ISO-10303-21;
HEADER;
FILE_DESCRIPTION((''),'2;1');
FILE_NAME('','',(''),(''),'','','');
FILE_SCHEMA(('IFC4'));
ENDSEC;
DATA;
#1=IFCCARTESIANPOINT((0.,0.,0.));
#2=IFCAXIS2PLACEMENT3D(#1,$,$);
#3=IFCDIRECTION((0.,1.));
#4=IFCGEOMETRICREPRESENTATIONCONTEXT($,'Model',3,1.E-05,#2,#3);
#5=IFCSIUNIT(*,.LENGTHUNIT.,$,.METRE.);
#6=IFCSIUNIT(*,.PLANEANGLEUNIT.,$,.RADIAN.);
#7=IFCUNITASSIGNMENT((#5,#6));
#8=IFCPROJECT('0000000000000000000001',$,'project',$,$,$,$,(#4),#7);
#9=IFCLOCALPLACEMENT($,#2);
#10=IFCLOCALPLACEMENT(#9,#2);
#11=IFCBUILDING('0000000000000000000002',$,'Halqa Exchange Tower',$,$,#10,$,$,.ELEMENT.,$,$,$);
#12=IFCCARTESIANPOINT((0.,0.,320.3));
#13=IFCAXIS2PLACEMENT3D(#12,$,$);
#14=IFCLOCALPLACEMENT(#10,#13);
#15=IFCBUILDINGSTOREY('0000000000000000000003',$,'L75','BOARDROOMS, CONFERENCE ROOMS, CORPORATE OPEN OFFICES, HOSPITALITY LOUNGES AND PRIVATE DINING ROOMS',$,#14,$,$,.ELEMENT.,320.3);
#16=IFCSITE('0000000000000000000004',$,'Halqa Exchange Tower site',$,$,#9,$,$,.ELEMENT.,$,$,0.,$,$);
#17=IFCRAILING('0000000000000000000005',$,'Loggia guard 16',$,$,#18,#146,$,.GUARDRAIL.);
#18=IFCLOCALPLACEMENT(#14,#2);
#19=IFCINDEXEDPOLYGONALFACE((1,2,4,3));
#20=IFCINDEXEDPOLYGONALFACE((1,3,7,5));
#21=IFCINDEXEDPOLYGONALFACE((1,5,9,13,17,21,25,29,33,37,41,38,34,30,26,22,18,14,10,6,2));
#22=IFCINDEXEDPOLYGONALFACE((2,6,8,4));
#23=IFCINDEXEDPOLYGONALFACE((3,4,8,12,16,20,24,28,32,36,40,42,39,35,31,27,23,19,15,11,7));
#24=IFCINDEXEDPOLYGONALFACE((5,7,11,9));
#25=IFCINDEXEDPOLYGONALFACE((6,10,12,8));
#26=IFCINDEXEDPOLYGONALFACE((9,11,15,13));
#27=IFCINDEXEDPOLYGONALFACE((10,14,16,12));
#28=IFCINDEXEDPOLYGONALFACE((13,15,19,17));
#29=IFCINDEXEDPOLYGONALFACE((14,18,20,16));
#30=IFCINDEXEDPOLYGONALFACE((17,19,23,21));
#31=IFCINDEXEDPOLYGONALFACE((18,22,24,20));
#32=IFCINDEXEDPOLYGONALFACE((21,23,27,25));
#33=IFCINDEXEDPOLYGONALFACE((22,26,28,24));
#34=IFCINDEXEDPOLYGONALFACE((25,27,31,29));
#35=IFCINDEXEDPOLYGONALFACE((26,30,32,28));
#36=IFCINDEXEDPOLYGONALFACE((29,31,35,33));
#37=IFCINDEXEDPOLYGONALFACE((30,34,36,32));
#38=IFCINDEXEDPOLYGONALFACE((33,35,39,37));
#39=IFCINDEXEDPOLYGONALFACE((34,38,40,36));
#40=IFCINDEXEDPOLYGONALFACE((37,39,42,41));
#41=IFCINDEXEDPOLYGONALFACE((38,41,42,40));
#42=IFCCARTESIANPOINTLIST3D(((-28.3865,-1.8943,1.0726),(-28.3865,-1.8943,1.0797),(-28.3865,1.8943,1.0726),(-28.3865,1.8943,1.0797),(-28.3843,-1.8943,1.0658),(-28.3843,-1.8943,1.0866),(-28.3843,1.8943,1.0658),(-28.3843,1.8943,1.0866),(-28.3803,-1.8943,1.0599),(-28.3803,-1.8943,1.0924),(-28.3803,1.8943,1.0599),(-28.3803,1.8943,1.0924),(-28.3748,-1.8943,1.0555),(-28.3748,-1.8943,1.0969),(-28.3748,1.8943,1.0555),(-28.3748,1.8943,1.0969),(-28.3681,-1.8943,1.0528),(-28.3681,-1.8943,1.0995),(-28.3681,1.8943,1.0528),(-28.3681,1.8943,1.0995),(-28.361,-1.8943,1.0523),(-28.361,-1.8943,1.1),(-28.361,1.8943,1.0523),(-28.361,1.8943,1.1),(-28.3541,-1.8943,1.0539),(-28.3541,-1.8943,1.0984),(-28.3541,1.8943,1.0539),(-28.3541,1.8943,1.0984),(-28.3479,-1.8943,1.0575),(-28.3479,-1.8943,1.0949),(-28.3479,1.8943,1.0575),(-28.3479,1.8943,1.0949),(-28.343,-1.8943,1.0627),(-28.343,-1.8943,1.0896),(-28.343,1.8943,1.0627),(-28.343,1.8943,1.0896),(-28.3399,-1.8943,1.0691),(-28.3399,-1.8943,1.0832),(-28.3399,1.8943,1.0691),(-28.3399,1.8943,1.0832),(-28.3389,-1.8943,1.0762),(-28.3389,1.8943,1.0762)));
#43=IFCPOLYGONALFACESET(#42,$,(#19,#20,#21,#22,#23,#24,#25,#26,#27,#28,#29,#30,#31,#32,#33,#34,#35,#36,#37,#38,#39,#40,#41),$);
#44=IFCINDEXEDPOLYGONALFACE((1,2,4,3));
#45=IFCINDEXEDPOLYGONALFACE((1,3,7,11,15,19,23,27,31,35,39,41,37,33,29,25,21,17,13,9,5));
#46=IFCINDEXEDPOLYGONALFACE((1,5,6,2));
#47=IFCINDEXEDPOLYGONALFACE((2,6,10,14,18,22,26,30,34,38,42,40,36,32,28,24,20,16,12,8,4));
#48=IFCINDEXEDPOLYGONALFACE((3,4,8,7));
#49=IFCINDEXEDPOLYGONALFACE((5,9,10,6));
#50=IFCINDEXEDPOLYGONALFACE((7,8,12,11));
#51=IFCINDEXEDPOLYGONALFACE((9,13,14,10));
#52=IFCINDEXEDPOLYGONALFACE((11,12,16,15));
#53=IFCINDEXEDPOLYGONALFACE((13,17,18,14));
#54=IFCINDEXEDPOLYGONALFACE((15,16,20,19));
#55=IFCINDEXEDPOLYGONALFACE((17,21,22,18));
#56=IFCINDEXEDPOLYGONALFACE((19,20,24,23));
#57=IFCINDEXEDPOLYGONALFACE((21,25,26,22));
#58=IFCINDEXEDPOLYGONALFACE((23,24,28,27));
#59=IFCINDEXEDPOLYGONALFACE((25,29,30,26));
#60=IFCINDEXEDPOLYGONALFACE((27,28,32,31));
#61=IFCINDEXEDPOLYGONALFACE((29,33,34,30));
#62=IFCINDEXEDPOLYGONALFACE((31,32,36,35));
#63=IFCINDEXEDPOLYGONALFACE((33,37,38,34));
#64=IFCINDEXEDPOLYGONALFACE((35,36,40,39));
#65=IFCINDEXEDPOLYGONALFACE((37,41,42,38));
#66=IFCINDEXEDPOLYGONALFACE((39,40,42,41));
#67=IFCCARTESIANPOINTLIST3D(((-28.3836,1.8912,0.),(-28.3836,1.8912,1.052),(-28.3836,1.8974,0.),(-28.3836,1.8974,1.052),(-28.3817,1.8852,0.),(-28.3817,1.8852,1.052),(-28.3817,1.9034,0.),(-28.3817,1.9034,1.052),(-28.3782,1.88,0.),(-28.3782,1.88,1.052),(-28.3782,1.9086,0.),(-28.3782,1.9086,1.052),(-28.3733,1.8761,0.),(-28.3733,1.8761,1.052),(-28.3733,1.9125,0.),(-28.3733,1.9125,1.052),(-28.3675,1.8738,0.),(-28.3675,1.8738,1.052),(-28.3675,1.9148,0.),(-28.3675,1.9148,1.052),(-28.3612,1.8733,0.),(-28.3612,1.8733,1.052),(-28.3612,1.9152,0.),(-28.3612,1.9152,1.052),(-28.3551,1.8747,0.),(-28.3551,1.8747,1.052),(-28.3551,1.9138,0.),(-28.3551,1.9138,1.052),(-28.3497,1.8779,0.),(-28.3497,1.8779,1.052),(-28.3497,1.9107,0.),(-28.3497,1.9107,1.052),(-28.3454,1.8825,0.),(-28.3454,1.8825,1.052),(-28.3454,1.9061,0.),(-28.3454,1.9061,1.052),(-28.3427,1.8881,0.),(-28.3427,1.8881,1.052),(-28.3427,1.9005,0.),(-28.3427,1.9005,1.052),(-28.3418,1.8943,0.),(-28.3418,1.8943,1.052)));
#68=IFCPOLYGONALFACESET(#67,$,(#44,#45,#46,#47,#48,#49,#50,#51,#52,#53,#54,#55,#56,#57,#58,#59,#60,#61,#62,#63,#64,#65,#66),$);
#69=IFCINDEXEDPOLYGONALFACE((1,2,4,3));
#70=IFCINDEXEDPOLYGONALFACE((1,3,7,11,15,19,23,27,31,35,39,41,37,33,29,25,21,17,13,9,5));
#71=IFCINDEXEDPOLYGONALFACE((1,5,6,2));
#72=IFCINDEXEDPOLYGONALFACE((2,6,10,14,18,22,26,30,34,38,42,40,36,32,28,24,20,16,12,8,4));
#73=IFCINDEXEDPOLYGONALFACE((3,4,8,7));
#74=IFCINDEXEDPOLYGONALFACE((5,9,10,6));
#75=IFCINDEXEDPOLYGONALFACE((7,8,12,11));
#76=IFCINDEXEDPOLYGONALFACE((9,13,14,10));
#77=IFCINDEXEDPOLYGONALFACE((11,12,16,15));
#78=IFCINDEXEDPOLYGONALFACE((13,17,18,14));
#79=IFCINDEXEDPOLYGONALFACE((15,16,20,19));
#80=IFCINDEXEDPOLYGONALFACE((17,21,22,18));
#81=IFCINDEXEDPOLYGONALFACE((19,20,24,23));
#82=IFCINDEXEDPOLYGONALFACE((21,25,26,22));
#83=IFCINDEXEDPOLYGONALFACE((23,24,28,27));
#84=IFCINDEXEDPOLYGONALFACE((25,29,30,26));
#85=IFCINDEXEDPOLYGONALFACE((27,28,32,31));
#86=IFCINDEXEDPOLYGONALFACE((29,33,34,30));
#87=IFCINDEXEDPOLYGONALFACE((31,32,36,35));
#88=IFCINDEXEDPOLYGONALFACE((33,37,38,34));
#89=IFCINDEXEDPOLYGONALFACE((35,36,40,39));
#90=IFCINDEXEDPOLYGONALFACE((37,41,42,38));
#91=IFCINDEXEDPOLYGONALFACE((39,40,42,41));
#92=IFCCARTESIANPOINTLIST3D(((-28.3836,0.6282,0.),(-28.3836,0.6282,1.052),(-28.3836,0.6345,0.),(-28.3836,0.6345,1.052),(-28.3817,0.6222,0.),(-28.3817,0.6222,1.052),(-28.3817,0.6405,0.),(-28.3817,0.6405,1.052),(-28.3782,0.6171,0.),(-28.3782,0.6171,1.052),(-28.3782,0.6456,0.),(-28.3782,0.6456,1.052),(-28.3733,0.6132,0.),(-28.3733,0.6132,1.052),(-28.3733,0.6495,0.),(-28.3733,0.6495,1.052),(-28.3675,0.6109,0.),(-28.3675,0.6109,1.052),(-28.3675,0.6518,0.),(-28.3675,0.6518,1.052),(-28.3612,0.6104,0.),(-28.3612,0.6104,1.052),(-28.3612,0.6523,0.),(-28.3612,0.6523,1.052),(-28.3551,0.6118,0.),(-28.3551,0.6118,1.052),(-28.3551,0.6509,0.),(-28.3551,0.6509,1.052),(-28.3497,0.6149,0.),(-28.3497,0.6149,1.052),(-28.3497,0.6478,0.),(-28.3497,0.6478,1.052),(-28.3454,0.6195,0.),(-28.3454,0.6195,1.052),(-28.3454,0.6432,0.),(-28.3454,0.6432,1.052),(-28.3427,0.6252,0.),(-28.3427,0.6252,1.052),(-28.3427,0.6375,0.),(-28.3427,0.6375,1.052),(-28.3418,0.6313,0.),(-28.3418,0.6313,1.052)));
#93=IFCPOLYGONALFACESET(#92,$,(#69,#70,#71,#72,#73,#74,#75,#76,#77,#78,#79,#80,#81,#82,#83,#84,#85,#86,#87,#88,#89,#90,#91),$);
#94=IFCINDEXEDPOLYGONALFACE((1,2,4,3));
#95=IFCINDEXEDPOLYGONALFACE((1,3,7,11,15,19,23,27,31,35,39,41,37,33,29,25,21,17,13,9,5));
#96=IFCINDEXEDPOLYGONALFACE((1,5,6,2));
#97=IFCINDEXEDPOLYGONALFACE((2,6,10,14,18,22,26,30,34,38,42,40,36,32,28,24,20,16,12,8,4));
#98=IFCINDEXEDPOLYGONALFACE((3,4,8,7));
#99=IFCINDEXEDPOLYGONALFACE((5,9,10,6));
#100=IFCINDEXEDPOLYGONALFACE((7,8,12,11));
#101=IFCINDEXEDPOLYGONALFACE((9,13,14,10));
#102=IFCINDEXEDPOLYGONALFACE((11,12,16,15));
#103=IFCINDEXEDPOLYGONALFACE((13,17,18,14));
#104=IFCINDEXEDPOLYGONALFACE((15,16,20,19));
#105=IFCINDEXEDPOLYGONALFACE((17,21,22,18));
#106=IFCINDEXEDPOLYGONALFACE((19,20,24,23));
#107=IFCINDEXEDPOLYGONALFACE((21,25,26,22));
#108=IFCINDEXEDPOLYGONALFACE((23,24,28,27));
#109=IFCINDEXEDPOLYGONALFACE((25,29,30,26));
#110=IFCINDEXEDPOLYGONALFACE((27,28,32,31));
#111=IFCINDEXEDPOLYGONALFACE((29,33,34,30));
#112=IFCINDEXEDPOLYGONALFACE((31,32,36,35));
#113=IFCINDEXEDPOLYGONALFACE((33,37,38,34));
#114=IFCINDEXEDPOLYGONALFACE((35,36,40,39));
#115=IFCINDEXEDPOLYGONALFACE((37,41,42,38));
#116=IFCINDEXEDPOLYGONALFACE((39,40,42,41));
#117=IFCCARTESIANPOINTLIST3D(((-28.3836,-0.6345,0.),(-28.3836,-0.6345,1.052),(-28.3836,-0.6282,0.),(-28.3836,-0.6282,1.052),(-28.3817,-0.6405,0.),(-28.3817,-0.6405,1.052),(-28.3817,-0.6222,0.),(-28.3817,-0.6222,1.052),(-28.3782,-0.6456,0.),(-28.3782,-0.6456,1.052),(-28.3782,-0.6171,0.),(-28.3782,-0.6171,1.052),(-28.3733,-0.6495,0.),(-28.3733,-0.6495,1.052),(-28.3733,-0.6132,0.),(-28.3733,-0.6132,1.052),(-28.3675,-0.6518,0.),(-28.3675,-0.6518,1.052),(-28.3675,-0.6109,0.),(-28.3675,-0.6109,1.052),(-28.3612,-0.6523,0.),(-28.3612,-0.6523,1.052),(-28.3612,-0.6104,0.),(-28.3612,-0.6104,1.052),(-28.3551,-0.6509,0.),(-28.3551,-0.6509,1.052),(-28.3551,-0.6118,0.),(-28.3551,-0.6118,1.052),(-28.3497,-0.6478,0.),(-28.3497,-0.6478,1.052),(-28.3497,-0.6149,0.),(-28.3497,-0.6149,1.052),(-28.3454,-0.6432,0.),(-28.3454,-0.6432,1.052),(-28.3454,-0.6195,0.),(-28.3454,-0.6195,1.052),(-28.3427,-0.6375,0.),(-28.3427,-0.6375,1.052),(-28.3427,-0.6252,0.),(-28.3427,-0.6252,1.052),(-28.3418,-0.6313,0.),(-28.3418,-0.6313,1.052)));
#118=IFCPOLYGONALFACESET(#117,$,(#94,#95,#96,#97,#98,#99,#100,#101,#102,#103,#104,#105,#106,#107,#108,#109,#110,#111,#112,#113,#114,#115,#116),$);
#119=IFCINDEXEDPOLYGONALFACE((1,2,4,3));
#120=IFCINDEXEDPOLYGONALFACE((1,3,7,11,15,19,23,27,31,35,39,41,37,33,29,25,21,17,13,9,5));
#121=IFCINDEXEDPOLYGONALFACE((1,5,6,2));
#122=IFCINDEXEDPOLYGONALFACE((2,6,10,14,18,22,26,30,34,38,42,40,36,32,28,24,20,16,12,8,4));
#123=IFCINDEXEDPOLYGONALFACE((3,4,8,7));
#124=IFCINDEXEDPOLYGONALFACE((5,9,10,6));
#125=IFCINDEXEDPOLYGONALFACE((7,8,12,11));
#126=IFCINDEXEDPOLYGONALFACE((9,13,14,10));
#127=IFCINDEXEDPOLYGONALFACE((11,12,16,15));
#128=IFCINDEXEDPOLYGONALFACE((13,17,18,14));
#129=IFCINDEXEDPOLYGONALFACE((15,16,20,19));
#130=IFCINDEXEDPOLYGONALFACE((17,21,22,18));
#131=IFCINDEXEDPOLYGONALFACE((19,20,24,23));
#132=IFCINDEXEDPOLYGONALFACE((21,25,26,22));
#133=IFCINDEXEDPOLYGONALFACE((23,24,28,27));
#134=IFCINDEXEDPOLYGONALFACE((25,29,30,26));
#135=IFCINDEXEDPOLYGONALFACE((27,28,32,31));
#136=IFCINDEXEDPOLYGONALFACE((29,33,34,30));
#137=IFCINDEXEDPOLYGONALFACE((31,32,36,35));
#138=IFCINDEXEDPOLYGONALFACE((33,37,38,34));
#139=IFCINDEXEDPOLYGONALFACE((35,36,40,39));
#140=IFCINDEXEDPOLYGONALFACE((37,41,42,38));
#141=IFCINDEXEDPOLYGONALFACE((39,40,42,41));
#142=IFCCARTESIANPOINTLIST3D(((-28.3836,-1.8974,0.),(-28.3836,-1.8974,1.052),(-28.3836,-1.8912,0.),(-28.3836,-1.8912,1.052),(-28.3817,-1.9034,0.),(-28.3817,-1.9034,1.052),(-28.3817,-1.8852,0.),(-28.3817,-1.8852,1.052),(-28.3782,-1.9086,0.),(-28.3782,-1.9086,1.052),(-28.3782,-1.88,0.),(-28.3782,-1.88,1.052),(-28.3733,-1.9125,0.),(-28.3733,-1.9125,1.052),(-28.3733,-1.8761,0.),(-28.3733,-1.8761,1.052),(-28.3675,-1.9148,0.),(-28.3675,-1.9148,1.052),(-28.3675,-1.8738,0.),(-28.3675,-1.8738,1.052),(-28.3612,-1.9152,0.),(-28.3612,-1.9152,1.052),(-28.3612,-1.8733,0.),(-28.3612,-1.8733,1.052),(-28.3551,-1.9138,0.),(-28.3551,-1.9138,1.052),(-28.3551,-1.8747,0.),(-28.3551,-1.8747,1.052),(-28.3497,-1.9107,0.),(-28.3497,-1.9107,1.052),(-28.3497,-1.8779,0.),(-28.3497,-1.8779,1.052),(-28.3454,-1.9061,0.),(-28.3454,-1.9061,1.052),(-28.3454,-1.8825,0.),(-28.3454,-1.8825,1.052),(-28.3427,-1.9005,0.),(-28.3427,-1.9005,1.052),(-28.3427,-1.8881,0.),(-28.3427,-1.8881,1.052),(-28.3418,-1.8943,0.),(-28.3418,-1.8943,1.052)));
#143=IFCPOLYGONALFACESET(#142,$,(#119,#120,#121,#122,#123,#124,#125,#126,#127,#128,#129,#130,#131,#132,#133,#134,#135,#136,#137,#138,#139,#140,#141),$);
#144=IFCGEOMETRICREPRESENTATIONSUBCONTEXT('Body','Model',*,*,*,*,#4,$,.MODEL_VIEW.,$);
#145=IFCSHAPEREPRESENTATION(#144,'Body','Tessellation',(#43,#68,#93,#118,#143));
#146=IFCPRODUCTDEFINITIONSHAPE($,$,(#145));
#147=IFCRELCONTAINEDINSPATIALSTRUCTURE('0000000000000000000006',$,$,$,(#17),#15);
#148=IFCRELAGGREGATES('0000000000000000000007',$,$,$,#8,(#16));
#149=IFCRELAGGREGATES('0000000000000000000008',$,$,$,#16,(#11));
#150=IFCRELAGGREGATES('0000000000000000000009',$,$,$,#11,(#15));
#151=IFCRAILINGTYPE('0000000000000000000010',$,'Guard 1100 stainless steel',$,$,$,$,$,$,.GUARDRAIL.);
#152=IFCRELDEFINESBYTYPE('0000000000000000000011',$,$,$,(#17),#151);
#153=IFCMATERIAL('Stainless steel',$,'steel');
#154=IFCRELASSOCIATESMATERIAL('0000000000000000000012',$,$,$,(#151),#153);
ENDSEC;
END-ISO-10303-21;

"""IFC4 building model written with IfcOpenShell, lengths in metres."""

from ifc_helpers import new_model, si_unit, direction, frame, origin, origin_2d, place, context, subcontext, project, spatial, circle, extrude, material, type_object, element, save


model = new_model("IFC4")

# Units and contexts
model_context = context("Model", 3, precision=1e-05, world=origin(), true_north=direction((0.0, 1.0)))
body_context = subcontext(model_context, "Body", "Model", "MODEL_VIEW")
ifc_project = project(units=[si_unit("LENGTHUNIT", "METRE"), si_unit("PLANEANGLEUNIT", "RADIAN")], contexts=[model_context])

# Site, building, storey
site_placement = place(None, origin())
site = spatial("IfcSite", under=ifc_project, at=site_placement, Name="Halqa Exchange Tower site", CompositionType="ELEMENT", RefElevation=0.0)
building_placement = place(site_placement, origin())
building = spatial("IfcBuilding", under=site, at=building_placement, Name="Halqa Exchange Tower", CompositionType="ELEMENT")
storey_placement = place(building_placement, frame((0.0, 0.0, 320.3)))
storey = spatial("IfcBuildingStorey", under=building, at=storey_placement, Name="L75", Description="BOARDROOMS, CONFERENCE ROOMS, CORPORATE OPEN OFFICES, HOSPITALITY LOUNGES AND PRIVATE DINING ROOMS", CompositionType="ELEMENT", Elevation=320.3)

# Railing
ifc_material_1 = material(Name="Stainless steel", Category="steel")
railing_type = type_object("IfcRailingType", Name="Guard 1100 stainless steel", PredefinedType="GUARDRAIL", material=ifc_material_1)
railing_1_placement = place(storey_placement, frame((-28.3628, 1.8943, 0.0)))
element("IfcRailing", 1, at=railing_1_placement, inside=storey, type_object=railing_type, Name="Loggia guard 16", PredefinedType="GUARDRAIL", context=body_context, shape_type="SweptSolid", body=[
    extrude(circle(Radius=0.0239, at=origin_2d()), frame((0.0, 0.0, 1.0762), z_axis=(0.0, -1.0, 0.0), x_axis=(1.0, 0.0, 0.0)), (0.0, 0.0, 1.0), 3.7886),
    extrude(circle(Radius=0.021, at=origin_2d()), origin(), (0.0, 0.0, 1.0), 1.052),
    extrude(circle(Radius=0.021, at=origin_2d()), frame((0.0, -1.2629, 0.0)), (0.0, 0.0, 1.0), 1.052),
    extrude(circle(Radius=0.021, at=origin_2d()), frame((0.0, -2.5256, 0.0)), (0.0, 0.0, 1.0), 1.052),
    extrude(circle(Radius=0.021, at=origin_2d()), frame((0.0, -3.7886, 0.0)), (0.0, 0.0, 1.0), 1.052),
])

save(model, "model.ifc")
